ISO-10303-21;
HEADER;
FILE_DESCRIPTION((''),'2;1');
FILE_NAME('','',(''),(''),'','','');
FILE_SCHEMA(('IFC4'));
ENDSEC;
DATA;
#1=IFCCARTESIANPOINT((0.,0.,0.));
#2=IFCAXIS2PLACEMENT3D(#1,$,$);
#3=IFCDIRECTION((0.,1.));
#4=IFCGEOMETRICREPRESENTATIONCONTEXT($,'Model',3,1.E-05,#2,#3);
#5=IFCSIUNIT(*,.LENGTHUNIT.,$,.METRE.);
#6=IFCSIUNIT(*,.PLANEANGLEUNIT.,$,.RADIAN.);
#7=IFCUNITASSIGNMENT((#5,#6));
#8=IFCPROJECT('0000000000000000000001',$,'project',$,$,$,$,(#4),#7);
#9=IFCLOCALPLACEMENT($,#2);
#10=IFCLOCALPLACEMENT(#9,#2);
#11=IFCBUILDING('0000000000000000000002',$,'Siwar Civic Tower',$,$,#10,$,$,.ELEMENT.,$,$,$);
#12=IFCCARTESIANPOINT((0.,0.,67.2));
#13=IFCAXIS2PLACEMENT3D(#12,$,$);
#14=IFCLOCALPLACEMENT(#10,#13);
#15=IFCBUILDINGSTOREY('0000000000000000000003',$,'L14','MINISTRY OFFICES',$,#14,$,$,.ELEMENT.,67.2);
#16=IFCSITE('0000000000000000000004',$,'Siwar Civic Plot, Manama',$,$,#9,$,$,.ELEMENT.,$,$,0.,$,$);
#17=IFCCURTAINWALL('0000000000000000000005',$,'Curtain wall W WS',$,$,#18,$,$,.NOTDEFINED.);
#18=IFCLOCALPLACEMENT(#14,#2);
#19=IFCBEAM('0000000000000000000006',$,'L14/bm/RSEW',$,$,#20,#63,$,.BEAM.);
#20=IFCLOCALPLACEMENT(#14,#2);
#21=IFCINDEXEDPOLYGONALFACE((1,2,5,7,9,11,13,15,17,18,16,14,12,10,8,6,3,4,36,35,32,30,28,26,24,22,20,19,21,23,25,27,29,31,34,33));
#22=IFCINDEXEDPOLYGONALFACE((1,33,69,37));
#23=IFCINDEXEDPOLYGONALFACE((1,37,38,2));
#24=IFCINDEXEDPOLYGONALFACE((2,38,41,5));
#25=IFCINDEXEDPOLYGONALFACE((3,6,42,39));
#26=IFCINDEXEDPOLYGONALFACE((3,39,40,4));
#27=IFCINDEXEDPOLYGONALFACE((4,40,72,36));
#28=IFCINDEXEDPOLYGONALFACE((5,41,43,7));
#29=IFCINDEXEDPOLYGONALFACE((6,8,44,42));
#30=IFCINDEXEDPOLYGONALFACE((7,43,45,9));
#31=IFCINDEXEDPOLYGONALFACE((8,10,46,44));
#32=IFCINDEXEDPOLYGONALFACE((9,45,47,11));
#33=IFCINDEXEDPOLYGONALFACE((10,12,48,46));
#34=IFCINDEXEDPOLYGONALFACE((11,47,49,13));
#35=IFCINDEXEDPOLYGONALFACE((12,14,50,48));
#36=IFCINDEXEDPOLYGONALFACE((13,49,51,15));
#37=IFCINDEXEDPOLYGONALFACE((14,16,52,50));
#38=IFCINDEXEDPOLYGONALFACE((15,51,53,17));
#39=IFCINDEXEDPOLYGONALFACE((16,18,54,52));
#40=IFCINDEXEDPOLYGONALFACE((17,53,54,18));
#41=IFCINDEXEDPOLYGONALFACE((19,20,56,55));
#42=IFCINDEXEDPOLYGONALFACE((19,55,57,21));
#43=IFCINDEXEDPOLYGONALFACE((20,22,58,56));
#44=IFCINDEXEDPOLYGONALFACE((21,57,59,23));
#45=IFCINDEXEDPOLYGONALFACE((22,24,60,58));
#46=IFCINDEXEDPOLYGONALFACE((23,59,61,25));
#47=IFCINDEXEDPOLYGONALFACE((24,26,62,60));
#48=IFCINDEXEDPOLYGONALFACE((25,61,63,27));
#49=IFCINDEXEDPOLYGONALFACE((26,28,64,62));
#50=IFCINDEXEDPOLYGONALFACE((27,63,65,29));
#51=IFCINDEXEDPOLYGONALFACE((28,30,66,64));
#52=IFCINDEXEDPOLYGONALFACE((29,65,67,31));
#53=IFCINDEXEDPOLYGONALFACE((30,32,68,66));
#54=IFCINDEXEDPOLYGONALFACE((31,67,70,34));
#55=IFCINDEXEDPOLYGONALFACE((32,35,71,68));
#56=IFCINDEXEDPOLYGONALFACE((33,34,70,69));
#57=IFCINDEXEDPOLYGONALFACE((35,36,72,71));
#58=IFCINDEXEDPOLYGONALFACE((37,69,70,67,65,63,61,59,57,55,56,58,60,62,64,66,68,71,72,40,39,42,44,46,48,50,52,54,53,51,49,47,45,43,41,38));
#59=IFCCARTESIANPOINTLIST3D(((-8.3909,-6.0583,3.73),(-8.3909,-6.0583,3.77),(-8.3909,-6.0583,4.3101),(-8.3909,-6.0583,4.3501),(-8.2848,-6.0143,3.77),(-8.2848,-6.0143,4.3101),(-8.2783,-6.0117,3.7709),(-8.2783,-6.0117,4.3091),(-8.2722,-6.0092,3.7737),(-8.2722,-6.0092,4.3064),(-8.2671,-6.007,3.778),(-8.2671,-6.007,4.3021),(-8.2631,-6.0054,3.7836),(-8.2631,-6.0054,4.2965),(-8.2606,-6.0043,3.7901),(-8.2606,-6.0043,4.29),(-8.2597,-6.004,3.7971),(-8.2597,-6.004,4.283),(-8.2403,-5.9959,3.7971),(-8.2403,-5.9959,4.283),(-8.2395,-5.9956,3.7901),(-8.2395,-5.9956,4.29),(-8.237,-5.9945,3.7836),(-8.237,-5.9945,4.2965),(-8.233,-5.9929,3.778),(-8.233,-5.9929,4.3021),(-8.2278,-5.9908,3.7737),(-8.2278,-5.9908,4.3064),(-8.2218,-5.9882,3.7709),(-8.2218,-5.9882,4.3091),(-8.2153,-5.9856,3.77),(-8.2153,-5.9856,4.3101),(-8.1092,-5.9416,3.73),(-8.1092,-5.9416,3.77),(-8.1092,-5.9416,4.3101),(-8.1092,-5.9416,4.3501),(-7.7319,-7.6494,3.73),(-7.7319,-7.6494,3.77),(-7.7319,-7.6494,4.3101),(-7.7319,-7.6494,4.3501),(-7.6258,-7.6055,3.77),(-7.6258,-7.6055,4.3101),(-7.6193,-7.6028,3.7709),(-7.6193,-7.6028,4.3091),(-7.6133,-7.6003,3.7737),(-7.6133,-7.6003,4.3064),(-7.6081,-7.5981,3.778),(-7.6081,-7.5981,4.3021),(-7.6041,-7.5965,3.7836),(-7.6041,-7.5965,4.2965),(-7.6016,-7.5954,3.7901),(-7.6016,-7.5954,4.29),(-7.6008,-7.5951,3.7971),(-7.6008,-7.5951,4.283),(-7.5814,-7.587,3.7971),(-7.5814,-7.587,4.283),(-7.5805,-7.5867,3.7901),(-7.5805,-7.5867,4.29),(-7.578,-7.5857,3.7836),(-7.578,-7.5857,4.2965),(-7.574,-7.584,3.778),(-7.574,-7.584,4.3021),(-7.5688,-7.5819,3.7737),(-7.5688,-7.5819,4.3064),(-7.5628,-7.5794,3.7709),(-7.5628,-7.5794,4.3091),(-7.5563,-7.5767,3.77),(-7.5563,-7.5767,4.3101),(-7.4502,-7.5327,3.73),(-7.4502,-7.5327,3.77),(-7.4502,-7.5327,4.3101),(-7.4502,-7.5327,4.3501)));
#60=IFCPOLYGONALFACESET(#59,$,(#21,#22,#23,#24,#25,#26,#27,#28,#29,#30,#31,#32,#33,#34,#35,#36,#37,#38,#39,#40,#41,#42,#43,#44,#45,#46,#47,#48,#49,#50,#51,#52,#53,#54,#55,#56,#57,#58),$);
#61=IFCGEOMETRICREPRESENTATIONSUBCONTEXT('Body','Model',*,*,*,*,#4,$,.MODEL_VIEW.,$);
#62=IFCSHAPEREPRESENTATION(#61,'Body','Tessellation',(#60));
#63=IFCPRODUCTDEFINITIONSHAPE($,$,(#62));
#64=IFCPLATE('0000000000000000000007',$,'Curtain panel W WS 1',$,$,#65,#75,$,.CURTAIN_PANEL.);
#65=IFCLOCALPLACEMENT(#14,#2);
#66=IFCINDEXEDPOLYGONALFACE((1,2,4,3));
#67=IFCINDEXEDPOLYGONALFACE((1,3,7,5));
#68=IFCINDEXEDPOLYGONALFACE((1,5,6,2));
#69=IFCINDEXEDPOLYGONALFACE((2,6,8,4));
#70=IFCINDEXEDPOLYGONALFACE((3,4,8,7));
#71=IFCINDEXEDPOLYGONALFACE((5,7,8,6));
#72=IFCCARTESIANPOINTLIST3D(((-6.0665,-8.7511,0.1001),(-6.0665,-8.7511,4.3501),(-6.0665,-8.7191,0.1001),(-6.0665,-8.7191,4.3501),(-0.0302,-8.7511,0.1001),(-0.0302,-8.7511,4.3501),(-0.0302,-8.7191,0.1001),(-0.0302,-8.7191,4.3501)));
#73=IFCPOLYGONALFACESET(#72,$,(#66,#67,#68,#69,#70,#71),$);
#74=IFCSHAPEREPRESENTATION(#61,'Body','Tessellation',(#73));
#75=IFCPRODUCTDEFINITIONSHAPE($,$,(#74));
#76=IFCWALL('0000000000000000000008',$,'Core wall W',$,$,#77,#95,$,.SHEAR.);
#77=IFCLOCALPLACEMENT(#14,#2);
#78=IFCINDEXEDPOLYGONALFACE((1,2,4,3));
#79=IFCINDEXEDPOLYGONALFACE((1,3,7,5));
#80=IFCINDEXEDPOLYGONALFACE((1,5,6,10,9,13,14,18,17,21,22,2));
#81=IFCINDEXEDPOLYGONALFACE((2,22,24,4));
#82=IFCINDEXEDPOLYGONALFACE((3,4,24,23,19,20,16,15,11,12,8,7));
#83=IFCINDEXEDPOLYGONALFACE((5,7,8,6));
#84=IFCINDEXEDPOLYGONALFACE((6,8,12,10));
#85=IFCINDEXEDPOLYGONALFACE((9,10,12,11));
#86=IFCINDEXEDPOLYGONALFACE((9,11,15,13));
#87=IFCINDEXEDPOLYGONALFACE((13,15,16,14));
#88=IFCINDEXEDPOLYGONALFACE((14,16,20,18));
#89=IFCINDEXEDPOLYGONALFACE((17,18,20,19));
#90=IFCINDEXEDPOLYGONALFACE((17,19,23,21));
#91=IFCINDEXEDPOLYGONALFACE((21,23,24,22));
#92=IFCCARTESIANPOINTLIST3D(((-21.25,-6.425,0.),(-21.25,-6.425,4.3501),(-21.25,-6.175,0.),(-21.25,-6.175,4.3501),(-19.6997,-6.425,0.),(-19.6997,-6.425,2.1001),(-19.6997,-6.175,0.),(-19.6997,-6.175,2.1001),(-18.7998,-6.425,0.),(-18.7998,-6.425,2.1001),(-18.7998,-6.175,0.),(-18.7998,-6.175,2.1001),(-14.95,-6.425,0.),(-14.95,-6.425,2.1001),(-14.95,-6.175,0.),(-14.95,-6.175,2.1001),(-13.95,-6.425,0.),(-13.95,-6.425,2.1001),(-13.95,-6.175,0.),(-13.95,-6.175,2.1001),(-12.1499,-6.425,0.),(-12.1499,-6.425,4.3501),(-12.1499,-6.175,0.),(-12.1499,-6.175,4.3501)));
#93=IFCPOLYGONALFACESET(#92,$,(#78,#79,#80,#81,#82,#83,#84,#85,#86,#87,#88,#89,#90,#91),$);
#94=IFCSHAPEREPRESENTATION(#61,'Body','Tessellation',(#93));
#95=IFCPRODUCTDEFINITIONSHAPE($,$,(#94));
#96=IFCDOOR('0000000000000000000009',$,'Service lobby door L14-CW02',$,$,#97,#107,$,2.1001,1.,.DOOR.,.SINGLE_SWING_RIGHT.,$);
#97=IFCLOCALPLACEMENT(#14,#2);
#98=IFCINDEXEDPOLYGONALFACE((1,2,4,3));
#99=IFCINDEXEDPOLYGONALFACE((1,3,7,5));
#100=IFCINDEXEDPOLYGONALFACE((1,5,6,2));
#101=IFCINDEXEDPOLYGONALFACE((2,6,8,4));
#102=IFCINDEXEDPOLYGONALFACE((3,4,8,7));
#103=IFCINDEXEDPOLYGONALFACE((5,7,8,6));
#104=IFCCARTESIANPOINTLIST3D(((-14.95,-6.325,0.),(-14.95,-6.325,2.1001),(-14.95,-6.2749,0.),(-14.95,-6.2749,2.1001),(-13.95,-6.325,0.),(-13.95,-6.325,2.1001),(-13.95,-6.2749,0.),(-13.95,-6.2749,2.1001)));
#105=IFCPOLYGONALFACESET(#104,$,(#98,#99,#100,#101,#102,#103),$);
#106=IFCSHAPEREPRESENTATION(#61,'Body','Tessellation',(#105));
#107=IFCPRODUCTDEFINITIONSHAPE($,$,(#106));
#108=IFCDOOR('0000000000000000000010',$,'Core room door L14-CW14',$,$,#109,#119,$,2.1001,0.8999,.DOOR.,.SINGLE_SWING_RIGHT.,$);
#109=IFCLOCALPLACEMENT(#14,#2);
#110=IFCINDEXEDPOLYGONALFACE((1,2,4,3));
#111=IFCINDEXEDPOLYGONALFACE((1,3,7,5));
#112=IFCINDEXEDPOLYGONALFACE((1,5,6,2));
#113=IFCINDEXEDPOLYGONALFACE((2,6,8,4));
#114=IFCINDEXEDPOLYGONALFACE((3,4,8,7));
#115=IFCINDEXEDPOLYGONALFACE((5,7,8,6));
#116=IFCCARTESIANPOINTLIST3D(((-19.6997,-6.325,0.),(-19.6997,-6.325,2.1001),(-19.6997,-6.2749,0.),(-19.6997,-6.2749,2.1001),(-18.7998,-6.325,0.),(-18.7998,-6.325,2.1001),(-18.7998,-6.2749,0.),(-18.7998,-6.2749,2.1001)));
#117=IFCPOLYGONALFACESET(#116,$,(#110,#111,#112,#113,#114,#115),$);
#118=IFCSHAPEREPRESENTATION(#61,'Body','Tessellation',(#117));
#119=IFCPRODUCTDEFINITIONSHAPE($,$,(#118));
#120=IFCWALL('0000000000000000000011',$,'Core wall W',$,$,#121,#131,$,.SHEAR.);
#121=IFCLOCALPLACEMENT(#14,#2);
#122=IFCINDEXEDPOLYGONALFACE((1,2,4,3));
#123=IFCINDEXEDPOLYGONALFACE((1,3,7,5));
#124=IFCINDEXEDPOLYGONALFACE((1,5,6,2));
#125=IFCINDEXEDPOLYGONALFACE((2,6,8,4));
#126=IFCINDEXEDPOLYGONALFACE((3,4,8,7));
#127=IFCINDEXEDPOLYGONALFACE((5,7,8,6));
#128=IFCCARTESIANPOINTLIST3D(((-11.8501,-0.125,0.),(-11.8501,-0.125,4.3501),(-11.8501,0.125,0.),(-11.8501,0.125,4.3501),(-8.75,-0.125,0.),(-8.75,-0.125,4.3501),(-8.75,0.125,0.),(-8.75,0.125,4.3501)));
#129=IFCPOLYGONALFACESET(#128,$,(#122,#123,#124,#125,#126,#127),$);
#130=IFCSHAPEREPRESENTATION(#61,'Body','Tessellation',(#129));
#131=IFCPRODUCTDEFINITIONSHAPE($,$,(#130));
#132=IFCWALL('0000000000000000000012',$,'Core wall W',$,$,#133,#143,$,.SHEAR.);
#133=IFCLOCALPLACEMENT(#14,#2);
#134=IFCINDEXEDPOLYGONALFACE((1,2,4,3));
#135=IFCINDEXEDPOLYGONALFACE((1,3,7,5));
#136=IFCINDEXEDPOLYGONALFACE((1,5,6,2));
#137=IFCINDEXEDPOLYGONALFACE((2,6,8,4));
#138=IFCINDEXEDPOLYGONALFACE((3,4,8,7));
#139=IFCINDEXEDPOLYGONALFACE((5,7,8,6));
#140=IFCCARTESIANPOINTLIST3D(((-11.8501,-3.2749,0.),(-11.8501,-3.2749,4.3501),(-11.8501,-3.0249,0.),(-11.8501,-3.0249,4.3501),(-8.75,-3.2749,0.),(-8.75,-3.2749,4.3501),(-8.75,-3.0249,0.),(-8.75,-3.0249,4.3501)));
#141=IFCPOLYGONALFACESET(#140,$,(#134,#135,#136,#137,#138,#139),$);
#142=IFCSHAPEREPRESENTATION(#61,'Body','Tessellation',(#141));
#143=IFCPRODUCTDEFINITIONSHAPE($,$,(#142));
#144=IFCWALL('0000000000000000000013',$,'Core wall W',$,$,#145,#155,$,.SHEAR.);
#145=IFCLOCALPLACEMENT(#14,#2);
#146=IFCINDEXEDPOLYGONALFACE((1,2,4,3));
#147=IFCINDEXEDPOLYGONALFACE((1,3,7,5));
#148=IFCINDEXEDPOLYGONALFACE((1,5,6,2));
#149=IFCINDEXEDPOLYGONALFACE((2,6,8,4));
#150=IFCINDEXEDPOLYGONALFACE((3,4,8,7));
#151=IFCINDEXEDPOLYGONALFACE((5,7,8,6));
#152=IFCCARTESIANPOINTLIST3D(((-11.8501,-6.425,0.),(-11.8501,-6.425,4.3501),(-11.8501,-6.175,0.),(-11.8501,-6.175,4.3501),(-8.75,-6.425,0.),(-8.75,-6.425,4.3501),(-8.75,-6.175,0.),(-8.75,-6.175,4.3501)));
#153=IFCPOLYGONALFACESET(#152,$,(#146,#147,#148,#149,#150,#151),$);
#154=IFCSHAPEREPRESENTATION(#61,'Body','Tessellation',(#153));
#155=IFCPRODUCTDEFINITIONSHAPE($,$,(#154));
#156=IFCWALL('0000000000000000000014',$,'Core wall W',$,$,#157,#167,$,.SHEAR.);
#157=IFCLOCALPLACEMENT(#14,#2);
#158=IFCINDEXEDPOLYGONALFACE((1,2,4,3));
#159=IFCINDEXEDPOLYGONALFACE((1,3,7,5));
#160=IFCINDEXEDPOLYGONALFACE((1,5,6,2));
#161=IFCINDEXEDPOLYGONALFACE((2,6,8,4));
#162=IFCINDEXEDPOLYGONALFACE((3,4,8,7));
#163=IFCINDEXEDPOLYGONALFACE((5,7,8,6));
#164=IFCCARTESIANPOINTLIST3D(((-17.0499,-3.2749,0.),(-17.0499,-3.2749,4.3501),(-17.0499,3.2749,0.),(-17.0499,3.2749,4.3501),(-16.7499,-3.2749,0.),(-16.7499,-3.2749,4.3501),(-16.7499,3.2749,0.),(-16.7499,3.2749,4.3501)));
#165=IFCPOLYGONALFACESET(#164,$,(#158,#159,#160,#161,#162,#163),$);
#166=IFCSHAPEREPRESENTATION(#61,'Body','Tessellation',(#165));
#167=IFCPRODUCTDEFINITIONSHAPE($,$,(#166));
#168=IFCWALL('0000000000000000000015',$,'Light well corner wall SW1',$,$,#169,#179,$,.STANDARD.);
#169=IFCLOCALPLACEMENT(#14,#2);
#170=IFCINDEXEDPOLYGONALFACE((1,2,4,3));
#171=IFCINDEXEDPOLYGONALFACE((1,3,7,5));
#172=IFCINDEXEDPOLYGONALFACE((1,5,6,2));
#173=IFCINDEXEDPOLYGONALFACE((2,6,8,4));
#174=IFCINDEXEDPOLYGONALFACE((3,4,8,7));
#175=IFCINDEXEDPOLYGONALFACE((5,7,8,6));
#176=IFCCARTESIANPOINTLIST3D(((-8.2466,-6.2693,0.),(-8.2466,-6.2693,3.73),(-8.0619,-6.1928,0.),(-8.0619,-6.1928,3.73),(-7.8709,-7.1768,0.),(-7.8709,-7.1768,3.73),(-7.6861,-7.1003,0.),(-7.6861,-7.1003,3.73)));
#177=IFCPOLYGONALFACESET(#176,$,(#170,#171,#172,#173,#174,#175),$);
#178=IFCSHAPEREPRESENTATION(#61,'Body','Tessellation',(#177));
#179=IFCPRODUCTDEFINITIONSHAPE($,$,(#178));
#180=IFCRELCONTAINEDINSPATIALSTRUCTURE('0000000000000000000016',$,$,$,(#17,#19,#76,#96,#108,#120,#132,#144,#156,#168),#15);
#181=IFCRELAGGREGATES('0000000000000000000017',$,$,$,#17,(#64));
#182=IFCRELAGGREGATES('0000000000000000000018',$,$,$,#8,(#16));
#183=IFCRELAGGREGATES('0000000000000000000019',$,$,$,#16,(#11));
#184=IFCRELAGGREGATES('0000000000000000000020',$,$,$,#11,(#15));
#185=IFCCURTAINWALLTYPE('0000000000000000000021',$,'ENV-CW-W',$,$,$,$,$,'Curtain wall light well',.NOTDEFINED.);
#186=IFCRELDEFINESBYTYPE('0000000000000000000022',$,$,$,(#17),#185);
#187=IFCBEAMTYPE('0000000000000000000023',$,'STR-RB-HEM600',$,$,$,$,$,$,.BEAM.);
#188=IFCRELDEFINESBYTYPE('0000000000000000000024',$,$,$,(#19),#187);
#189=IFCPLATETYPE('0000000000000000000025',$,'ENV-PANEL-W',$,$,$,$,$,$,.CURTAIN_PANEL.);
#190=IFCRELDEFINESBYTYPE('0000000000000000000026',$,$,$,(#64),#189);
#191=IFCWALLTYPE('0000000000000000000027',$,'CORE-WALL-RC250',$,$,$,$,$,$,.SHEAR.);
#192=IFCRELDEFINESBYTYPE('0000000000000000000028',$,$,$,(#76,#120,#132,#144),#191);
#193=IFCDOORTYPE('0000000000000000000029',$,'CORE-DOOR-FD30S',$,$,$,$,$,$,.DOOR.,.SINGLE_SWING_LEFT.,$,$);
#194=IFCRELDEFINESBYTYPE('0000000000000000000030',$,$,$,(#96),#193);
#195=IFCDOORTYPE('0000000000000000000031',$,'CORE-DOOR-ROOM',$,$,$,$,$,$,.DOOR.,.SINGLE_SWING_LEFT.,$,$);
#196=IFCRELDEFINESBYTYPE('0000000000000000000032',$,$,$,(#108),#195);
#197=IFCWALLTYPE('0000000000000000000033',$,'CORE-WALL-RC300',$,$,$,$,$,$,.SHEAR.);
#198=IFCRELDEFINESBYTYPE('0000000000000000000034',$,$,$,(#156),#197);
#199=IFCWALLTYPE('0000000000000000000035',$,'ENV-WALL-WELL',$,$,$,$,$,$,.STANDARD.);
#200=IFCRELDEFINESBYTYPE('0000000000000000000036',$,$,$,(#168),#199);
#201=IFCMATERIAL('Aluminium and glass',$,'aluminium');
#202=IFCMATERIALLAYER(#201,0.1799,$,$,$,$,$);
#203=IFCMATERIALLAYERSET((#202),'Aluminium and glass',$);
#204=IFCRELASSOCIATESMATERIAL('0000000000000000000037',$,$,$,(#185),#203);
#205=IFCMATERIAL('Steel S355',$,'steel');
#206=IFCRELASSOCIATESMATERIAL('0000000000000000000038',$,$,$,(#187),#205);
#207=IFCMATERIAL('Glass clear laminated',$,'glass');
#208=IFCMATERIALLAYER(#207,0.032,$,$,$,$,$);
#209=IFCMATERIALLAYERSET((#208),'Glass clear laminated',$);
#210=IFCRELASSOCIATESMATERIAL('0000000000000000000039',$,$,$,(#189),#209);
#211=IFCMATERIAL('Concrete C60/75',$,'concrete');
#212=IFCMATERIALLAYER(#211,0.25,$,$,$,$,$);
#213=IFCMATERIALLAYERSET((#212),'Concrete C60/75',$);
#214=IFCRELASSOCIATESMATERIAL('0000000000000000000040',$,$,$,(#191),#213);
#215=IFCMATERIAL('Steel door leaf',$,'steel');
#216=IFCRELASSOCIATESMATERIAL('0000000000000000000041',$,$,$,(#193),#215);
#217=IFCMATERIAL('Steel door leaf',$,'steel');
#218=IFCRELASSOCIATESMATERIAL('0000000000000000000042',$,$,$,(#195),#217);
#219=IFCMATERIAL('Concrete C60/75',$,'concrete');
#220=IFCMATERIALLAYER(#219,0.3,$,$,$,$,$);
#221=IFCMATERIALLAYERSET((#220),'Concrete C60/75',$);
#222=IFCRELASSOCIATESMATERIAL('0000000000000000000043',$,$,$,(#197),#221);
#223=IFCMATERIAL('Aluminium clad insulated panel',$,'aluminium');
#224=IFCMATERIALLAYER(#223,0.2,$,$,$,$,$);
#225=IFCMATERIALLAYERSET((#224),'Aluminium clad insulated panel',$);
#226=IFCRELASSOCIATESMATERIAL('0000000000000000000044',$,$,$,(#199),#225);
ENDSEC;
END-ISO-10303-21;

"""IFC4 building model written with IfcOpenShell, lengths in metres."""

from ifc_helpers import new_model, si_unit, direction, frame, frame_2d, origin, origin_2d, place, context, subcontext, project, spatial, rectangle, i_section, extrude, material, layer, layer_set, material_profile, profile_set, type_object, element, fill, aggregate, save


model = new_model("IFC4")

# Units and contexts
model_context = context("Model", 3, precision=1e-05, world=origin(), true_north=direction((0.0, 1.0)))
body_context = subcontext(model_context, "Body", "Model", "MODEL_VIEW")
ifc_project = project(units=[si_unit("LENGTHUNIT", "METRE"), si_unit("PLANEANGLEUNIT", "RADIAN")], contexts=[model_context])

# Site, building, storey
site_placement = place(None, origin())
site = spatial("IfcSite", under=ifc_project, at=site_placement, Name="Siwar Civic Plot, Manama", CompositionType="ELEMENT", RefElevation=0.0)
building_placement = place(site_placement, origin())
building = spatial("IfcBuilding", under=site, at=building_placement, Name="Siwar Civic Tower", CompositionType="ELEMENT")
storey_placement = place(building_placement, frame((0.0, 0.0, 67.2)))
storey = spatial("IfcBuildingStorey", under=building, at=storey_placement, Name="L14", Description="MINISTRY OFFICES", CompositionType="ELEMENT", Elevation=67.2)

# Curtain wall
ifc_material_1 = material(Name="Aluminium and glass", Category="aluminium")
ifc_layer_1 = layer(ifc_material_1, 0.1799)
ifc_layer_set_1 = layer_set([ifc_layer_1], Name="Aluminium and glass")
curtain_wall_type = type_object("IfcCurtainWallType", Name="ENV-CW-W", ElementType="Curtain wall light well", PredefinedType="NOTDEFINED", material=ifc_layer_set_1)
curtain_wall_placement = place(storey_placement, origin())
curtain_wall = element("IfcCurtainWall", 1, at=curtain_wall_placement, inside=storey, type_object=curtain_wall_type, Name="Curtain wall W WS", PredefinedType="NOTDEFINED")

# Beam
ifc_material_2 = material(Name="Steel S355", Category="steel")
ifc_material_profile_1 = material_profile(ifc_material_2, i_section(OverallWidth=0.3049, OverallDepth=0.6201, WebThickness=0.021, FlangeThickness=0.04, FilletRadius=0.0271, at=origin_2d()), Name="HEM600")
ifc_profile_set_1 = profile_set([ifc_material_profile_1], Name="Steel S355")
beam_type = type_object("IfcBeamType", Name="STR-RB-HEM600", PredefinedType="BEAM", material=ifc_profile_set_1)
beam_1_placement = place(storey_placement, frame((-7.5911, -7.5911, 4.04), z_axis=(-0.382631, 0.923901, 0.0), x_axis=(-0.923901, -0.382631, 0.0)))
element("IfcBeam", 2, at=beam_1_placement, inside=storey, type_object=beam_type, Name="L14/bm/RSEW", PredefinedType="BEAM", context=body_context, shape_type="SweptSolid", body=[
    extrude(i_section(OverallWidth=0.3049, OverallDepth=0.6201, WebThickness=0.021, FlangeThickness=0.04, FilletRadius=0.0271, at=origin_2d()), origin(), (0.0, 0.0, 1.0), 1.7222),
])

# Plate
ifc_material_3 = material(Name="Glass clear laminated", Category="glass")
ifc_layer_2 = layer(ifc_material_3, 0.032)
ifc_layer_set_2 = layer_set([ifc_layer_2], Name="Glass clear laminated")
plate_type = type_object("IfcPlateType", Name="ENV-PANEL-W", PredefinedType="CURTAIN_PANEL", material=ifc_layer_set_2)
plate_placement = place(storey_placement, frame((-3.0483, -8.7351, 0.1001), z_axis=(0.0, 0.0, 1.0), x_axis=(1.0, 0.0, 0.0)))
plate = element("IfcPlate", 3, at=plate_placement, type_object=plate_type, Name="Curtain panel W WS 1", PredefinedType="CURTAIN_PANEL", context=body_context, shape_type="SweptSolid", body=[
    extrude(rectangle(XDim=6.0364, YDim=0.032, at=origin_2d()), origin(), (0.0, 0.0, 1.0), 4.25),
])
aggregate(curtain_wall, [plate])

# Wall, openings, doors
ifc_material_4 = material(Name="Concrete C60/75", Category="concrete")
ifc_layer_3 = layer(ifc_material_4, 0.25)
ifc_layer_set_3 = layer_set([ifc_layer_3], Name="Concrete C60/75")
wall_type_1 = type_object("IfcWallType", Name="CORE-WALL-RC250", PredefinedType="SHEAR", material=ifc_layer_set_3)
wall_1_placement = place(storey_placement, frame((-12.1499, -6.3, 0.0), z_axis=(0.0, 0.0, 1.0), x_axis=(-1.0, 0.0, 0.0)))
wall_1 = element("IfcWall", 4, at=wall_1_placement, inside=storey, type_object=wall_type_1, Name="Core wall W", PredefinedType="SHEAR", context=body_context, shape_type="SweptSolid", body=[
    extrude(rectangle(XDim=9.1001, YDim=0.25, at=frame_2d((4.55, 0.0))), origin(), (0.0, 0.0, 1.0), 4.3501),
])
opening_1_placement = place(wall_1_placement, frame((1.8, 0.0, 0.0)))
opening_1 = element("IfcOpeningElement", 5, at=opening_1_placement, cuts=wall_1, PredefinedType="OPENING", context=body_context, shape_type="SweptSolid", body=[
    extrude(rectangle(XDim=1.0, YDim=2.1001, at=frame_2d((0.5, 1.05))), frame((0.0, 0.135, 0.0), z_axis=(0.0, -1.0, 0.0), x_axis=(1.0, 0.0, 0.0)), (0.0, 0.0, 1.0), 0.27),
])
opening_2_placement = place(wall_1_placement, frame((6.6499, 0.0, 0.0)))
opening_2 = element("IfcOpeningElement", 6, at=opening_2_placement, cuts=wall_1, PredefinedType="OPENING", context=body_context, shape_type="SweptSolid", body=[
    extrude(rectangle(XDim=0.8999, YDim=2.1001, at=frame_2d((0.45, 1.05))), frame((0.0, 0.135, 0.0), z_axis=(0.0, -1.0, 0.0), x_axis=(1.0, 0.0, 0.0)), (0.0, 0.0, 1.0), 0.27),
])
ifc_material_5 = material(Name="Steel door leaf", Category="steel")
door_type_1 = type_object("IfcDoorType", Name="CORE-DOOR-FD30S", OperationType="SINGLE_SWING_LEFT", PredefinedType="DOOR", material=ifc_material_5)
door_1_placement = place(opening_1_placement, origin())
door_1 = element("IfcDoor", 7, at=door_1_placement, inside=storey, type_object=door_type_1, Name="Service lobby door L14-CW02", OperationType="SINGLE_SWING_RIGHT", OverallHeight=2.1001, OverallWidth=1.0, PredefinedType="DOOR", context=body_context, shape_type="SweptSolid", body=[
    extrude(rectangle(XDim=1.0, YDim=2.1001, at=frame_2d((0.5, 1.05))), frame((0.0, 0.0249, 0.0), z_axis=(0.0, -1.0, 0.0), x_axis=(1.0, 0.0, 0.0)), (0.0, 0.0, 1.0), 0.05),
])
fill(opening_1, door_1)
ifc_material_6 = material(Name="Steel door leaf", Category="steel")
door_type_2 = type_object("IfcDoorType", Name="CORE-DOOR-ROOM", OperationType="SINGLE_SWING_LEFT", PredefinedType="DOOR", material=ifc_material_6)
door_2_placement = place(opening_2_placement, origin())
door_2 = element("IfcDoor", 8, at=door_2_placement, inside=storey, type_object=door_type_2, Name="Core room door L14-CW14", OperationType="SINGLE_SWING_RIGHT", OverallHeight=2.1001, OverallWidth=0.8999, PredefinedType="DOOR", context=body_context, shape_type="SweptSolid", body=[
    extrude(rectangle(XDim=0.8999, YDim=2.1001, at=frame_2d((0.45, 1.05))), frame((0.0, 0.0249, 0.0), z_axis=(0.0, -1.0, 0.0), x_axis=(1.0, 0.0, 0.0)), (0.0, 0.0, 1.0), 0.05),
])
fill(opening_2, door_2)

# Walls
for number, where, z_axis, x_axis, name in (
    (9, (-8.75, 0.0, 0.0), (0.0, 0.0, 1.0), (-1.0, 0.0, 0.0), "Core wall W"),
    (10, (-8.75, -3.1499, 0.0), (0.0, 0.0, 1.0), (-1.0, 0.0, 0.0), "Core wall W"),
    (11, (-8.75, -6.3, 0.0), (0.0, 0.0, 1.0), (-1.0, 0.0, 0.0), "Core wall W"),
):
    element("IfcWall", number, at=place(storey_placement, frame(where, z_axis=z_axis, x_axis=x_axis)), inside=storey, type_object=wall_type_1, Name=name, PredefinedType="SHEAR", context=body_context, shape_type="SweptSolid", body=[
        extrude(rectangle(XDim=3.1001, YDim=0.25, at=frame_2d((1.55, 0.0))), origin(), (0.0, 0.0, 1.0), 4.3501),
    ])
ifc_material_7 = material(Name="Concrete C60/75", Category="concrete")
ifc_layer_4 = layer(ifc_material_7, 0.3)
ifc_layer_set_4 = layer_set([ifc_layer_4], Name="Concrete C60/75")
wall_type_2 = type_object("IfcWallType", Name="CORE-WALL-RC300", PredefinedType="SHEAR", material=ifc_layer_set_4)
wall_2_placement = place(storey_placement, frame((-16.8999, -3.2749, 0.0), z_axis=(0.0, 0.0, 1.0), x_axis=(0.0, 1.0, 0.0)))
element("IfcWall", 12, at=wall_2_placement, inside=storey, type_object=wall_type_2, Name="Core wall W", PredefinedType="SHEAR", context=body_context, shape_type="SweptSolid", body=[
    extrude(rectangle(XDim=6.5498, YDim=0.3, at=frame_2d((3.2749, 0.0))), origin(), (0.0, 0.0, 1.0), 4.3501),
])
ifc_material_8 = material(Name="Aluminium clad insulated panel", Category="aluminium")
ifc_layer_5 = layer(ifc_material_8, 0.2)
ifc_layer_set_5 = layer_set([ifc_layer_5], Name="Aluminium clad insulated panel")
wall_type_3 = type_object("IfcWallType", Name="ENV-WALL-WELL", PredefinedType="STANDARD", material=ifc_layer_set_5)
wall_3_placement = place(storey_placement, frame((-8.1543, -6.231, 0.0), z_axis=(0.0, 0.0, 1.0), x_axis=(0.382549, -0.923935, 0.0)))
element("IfcWall", 13, at=wall_3_placement, inside=storey, type_object=wall_type_3, Name="Light well corner wall SW1", PredefinedType="STANDARD", context=body_context, shape_type="SweptSolid", body=[
    extrude(rectangle(XDim=0.9822, YDim=0.2, at=frame_2d((0.4912, 0.0))), origin(), (0.0, 0.0, 1.0), 3.73),
])

save(model, "model.ifc")
